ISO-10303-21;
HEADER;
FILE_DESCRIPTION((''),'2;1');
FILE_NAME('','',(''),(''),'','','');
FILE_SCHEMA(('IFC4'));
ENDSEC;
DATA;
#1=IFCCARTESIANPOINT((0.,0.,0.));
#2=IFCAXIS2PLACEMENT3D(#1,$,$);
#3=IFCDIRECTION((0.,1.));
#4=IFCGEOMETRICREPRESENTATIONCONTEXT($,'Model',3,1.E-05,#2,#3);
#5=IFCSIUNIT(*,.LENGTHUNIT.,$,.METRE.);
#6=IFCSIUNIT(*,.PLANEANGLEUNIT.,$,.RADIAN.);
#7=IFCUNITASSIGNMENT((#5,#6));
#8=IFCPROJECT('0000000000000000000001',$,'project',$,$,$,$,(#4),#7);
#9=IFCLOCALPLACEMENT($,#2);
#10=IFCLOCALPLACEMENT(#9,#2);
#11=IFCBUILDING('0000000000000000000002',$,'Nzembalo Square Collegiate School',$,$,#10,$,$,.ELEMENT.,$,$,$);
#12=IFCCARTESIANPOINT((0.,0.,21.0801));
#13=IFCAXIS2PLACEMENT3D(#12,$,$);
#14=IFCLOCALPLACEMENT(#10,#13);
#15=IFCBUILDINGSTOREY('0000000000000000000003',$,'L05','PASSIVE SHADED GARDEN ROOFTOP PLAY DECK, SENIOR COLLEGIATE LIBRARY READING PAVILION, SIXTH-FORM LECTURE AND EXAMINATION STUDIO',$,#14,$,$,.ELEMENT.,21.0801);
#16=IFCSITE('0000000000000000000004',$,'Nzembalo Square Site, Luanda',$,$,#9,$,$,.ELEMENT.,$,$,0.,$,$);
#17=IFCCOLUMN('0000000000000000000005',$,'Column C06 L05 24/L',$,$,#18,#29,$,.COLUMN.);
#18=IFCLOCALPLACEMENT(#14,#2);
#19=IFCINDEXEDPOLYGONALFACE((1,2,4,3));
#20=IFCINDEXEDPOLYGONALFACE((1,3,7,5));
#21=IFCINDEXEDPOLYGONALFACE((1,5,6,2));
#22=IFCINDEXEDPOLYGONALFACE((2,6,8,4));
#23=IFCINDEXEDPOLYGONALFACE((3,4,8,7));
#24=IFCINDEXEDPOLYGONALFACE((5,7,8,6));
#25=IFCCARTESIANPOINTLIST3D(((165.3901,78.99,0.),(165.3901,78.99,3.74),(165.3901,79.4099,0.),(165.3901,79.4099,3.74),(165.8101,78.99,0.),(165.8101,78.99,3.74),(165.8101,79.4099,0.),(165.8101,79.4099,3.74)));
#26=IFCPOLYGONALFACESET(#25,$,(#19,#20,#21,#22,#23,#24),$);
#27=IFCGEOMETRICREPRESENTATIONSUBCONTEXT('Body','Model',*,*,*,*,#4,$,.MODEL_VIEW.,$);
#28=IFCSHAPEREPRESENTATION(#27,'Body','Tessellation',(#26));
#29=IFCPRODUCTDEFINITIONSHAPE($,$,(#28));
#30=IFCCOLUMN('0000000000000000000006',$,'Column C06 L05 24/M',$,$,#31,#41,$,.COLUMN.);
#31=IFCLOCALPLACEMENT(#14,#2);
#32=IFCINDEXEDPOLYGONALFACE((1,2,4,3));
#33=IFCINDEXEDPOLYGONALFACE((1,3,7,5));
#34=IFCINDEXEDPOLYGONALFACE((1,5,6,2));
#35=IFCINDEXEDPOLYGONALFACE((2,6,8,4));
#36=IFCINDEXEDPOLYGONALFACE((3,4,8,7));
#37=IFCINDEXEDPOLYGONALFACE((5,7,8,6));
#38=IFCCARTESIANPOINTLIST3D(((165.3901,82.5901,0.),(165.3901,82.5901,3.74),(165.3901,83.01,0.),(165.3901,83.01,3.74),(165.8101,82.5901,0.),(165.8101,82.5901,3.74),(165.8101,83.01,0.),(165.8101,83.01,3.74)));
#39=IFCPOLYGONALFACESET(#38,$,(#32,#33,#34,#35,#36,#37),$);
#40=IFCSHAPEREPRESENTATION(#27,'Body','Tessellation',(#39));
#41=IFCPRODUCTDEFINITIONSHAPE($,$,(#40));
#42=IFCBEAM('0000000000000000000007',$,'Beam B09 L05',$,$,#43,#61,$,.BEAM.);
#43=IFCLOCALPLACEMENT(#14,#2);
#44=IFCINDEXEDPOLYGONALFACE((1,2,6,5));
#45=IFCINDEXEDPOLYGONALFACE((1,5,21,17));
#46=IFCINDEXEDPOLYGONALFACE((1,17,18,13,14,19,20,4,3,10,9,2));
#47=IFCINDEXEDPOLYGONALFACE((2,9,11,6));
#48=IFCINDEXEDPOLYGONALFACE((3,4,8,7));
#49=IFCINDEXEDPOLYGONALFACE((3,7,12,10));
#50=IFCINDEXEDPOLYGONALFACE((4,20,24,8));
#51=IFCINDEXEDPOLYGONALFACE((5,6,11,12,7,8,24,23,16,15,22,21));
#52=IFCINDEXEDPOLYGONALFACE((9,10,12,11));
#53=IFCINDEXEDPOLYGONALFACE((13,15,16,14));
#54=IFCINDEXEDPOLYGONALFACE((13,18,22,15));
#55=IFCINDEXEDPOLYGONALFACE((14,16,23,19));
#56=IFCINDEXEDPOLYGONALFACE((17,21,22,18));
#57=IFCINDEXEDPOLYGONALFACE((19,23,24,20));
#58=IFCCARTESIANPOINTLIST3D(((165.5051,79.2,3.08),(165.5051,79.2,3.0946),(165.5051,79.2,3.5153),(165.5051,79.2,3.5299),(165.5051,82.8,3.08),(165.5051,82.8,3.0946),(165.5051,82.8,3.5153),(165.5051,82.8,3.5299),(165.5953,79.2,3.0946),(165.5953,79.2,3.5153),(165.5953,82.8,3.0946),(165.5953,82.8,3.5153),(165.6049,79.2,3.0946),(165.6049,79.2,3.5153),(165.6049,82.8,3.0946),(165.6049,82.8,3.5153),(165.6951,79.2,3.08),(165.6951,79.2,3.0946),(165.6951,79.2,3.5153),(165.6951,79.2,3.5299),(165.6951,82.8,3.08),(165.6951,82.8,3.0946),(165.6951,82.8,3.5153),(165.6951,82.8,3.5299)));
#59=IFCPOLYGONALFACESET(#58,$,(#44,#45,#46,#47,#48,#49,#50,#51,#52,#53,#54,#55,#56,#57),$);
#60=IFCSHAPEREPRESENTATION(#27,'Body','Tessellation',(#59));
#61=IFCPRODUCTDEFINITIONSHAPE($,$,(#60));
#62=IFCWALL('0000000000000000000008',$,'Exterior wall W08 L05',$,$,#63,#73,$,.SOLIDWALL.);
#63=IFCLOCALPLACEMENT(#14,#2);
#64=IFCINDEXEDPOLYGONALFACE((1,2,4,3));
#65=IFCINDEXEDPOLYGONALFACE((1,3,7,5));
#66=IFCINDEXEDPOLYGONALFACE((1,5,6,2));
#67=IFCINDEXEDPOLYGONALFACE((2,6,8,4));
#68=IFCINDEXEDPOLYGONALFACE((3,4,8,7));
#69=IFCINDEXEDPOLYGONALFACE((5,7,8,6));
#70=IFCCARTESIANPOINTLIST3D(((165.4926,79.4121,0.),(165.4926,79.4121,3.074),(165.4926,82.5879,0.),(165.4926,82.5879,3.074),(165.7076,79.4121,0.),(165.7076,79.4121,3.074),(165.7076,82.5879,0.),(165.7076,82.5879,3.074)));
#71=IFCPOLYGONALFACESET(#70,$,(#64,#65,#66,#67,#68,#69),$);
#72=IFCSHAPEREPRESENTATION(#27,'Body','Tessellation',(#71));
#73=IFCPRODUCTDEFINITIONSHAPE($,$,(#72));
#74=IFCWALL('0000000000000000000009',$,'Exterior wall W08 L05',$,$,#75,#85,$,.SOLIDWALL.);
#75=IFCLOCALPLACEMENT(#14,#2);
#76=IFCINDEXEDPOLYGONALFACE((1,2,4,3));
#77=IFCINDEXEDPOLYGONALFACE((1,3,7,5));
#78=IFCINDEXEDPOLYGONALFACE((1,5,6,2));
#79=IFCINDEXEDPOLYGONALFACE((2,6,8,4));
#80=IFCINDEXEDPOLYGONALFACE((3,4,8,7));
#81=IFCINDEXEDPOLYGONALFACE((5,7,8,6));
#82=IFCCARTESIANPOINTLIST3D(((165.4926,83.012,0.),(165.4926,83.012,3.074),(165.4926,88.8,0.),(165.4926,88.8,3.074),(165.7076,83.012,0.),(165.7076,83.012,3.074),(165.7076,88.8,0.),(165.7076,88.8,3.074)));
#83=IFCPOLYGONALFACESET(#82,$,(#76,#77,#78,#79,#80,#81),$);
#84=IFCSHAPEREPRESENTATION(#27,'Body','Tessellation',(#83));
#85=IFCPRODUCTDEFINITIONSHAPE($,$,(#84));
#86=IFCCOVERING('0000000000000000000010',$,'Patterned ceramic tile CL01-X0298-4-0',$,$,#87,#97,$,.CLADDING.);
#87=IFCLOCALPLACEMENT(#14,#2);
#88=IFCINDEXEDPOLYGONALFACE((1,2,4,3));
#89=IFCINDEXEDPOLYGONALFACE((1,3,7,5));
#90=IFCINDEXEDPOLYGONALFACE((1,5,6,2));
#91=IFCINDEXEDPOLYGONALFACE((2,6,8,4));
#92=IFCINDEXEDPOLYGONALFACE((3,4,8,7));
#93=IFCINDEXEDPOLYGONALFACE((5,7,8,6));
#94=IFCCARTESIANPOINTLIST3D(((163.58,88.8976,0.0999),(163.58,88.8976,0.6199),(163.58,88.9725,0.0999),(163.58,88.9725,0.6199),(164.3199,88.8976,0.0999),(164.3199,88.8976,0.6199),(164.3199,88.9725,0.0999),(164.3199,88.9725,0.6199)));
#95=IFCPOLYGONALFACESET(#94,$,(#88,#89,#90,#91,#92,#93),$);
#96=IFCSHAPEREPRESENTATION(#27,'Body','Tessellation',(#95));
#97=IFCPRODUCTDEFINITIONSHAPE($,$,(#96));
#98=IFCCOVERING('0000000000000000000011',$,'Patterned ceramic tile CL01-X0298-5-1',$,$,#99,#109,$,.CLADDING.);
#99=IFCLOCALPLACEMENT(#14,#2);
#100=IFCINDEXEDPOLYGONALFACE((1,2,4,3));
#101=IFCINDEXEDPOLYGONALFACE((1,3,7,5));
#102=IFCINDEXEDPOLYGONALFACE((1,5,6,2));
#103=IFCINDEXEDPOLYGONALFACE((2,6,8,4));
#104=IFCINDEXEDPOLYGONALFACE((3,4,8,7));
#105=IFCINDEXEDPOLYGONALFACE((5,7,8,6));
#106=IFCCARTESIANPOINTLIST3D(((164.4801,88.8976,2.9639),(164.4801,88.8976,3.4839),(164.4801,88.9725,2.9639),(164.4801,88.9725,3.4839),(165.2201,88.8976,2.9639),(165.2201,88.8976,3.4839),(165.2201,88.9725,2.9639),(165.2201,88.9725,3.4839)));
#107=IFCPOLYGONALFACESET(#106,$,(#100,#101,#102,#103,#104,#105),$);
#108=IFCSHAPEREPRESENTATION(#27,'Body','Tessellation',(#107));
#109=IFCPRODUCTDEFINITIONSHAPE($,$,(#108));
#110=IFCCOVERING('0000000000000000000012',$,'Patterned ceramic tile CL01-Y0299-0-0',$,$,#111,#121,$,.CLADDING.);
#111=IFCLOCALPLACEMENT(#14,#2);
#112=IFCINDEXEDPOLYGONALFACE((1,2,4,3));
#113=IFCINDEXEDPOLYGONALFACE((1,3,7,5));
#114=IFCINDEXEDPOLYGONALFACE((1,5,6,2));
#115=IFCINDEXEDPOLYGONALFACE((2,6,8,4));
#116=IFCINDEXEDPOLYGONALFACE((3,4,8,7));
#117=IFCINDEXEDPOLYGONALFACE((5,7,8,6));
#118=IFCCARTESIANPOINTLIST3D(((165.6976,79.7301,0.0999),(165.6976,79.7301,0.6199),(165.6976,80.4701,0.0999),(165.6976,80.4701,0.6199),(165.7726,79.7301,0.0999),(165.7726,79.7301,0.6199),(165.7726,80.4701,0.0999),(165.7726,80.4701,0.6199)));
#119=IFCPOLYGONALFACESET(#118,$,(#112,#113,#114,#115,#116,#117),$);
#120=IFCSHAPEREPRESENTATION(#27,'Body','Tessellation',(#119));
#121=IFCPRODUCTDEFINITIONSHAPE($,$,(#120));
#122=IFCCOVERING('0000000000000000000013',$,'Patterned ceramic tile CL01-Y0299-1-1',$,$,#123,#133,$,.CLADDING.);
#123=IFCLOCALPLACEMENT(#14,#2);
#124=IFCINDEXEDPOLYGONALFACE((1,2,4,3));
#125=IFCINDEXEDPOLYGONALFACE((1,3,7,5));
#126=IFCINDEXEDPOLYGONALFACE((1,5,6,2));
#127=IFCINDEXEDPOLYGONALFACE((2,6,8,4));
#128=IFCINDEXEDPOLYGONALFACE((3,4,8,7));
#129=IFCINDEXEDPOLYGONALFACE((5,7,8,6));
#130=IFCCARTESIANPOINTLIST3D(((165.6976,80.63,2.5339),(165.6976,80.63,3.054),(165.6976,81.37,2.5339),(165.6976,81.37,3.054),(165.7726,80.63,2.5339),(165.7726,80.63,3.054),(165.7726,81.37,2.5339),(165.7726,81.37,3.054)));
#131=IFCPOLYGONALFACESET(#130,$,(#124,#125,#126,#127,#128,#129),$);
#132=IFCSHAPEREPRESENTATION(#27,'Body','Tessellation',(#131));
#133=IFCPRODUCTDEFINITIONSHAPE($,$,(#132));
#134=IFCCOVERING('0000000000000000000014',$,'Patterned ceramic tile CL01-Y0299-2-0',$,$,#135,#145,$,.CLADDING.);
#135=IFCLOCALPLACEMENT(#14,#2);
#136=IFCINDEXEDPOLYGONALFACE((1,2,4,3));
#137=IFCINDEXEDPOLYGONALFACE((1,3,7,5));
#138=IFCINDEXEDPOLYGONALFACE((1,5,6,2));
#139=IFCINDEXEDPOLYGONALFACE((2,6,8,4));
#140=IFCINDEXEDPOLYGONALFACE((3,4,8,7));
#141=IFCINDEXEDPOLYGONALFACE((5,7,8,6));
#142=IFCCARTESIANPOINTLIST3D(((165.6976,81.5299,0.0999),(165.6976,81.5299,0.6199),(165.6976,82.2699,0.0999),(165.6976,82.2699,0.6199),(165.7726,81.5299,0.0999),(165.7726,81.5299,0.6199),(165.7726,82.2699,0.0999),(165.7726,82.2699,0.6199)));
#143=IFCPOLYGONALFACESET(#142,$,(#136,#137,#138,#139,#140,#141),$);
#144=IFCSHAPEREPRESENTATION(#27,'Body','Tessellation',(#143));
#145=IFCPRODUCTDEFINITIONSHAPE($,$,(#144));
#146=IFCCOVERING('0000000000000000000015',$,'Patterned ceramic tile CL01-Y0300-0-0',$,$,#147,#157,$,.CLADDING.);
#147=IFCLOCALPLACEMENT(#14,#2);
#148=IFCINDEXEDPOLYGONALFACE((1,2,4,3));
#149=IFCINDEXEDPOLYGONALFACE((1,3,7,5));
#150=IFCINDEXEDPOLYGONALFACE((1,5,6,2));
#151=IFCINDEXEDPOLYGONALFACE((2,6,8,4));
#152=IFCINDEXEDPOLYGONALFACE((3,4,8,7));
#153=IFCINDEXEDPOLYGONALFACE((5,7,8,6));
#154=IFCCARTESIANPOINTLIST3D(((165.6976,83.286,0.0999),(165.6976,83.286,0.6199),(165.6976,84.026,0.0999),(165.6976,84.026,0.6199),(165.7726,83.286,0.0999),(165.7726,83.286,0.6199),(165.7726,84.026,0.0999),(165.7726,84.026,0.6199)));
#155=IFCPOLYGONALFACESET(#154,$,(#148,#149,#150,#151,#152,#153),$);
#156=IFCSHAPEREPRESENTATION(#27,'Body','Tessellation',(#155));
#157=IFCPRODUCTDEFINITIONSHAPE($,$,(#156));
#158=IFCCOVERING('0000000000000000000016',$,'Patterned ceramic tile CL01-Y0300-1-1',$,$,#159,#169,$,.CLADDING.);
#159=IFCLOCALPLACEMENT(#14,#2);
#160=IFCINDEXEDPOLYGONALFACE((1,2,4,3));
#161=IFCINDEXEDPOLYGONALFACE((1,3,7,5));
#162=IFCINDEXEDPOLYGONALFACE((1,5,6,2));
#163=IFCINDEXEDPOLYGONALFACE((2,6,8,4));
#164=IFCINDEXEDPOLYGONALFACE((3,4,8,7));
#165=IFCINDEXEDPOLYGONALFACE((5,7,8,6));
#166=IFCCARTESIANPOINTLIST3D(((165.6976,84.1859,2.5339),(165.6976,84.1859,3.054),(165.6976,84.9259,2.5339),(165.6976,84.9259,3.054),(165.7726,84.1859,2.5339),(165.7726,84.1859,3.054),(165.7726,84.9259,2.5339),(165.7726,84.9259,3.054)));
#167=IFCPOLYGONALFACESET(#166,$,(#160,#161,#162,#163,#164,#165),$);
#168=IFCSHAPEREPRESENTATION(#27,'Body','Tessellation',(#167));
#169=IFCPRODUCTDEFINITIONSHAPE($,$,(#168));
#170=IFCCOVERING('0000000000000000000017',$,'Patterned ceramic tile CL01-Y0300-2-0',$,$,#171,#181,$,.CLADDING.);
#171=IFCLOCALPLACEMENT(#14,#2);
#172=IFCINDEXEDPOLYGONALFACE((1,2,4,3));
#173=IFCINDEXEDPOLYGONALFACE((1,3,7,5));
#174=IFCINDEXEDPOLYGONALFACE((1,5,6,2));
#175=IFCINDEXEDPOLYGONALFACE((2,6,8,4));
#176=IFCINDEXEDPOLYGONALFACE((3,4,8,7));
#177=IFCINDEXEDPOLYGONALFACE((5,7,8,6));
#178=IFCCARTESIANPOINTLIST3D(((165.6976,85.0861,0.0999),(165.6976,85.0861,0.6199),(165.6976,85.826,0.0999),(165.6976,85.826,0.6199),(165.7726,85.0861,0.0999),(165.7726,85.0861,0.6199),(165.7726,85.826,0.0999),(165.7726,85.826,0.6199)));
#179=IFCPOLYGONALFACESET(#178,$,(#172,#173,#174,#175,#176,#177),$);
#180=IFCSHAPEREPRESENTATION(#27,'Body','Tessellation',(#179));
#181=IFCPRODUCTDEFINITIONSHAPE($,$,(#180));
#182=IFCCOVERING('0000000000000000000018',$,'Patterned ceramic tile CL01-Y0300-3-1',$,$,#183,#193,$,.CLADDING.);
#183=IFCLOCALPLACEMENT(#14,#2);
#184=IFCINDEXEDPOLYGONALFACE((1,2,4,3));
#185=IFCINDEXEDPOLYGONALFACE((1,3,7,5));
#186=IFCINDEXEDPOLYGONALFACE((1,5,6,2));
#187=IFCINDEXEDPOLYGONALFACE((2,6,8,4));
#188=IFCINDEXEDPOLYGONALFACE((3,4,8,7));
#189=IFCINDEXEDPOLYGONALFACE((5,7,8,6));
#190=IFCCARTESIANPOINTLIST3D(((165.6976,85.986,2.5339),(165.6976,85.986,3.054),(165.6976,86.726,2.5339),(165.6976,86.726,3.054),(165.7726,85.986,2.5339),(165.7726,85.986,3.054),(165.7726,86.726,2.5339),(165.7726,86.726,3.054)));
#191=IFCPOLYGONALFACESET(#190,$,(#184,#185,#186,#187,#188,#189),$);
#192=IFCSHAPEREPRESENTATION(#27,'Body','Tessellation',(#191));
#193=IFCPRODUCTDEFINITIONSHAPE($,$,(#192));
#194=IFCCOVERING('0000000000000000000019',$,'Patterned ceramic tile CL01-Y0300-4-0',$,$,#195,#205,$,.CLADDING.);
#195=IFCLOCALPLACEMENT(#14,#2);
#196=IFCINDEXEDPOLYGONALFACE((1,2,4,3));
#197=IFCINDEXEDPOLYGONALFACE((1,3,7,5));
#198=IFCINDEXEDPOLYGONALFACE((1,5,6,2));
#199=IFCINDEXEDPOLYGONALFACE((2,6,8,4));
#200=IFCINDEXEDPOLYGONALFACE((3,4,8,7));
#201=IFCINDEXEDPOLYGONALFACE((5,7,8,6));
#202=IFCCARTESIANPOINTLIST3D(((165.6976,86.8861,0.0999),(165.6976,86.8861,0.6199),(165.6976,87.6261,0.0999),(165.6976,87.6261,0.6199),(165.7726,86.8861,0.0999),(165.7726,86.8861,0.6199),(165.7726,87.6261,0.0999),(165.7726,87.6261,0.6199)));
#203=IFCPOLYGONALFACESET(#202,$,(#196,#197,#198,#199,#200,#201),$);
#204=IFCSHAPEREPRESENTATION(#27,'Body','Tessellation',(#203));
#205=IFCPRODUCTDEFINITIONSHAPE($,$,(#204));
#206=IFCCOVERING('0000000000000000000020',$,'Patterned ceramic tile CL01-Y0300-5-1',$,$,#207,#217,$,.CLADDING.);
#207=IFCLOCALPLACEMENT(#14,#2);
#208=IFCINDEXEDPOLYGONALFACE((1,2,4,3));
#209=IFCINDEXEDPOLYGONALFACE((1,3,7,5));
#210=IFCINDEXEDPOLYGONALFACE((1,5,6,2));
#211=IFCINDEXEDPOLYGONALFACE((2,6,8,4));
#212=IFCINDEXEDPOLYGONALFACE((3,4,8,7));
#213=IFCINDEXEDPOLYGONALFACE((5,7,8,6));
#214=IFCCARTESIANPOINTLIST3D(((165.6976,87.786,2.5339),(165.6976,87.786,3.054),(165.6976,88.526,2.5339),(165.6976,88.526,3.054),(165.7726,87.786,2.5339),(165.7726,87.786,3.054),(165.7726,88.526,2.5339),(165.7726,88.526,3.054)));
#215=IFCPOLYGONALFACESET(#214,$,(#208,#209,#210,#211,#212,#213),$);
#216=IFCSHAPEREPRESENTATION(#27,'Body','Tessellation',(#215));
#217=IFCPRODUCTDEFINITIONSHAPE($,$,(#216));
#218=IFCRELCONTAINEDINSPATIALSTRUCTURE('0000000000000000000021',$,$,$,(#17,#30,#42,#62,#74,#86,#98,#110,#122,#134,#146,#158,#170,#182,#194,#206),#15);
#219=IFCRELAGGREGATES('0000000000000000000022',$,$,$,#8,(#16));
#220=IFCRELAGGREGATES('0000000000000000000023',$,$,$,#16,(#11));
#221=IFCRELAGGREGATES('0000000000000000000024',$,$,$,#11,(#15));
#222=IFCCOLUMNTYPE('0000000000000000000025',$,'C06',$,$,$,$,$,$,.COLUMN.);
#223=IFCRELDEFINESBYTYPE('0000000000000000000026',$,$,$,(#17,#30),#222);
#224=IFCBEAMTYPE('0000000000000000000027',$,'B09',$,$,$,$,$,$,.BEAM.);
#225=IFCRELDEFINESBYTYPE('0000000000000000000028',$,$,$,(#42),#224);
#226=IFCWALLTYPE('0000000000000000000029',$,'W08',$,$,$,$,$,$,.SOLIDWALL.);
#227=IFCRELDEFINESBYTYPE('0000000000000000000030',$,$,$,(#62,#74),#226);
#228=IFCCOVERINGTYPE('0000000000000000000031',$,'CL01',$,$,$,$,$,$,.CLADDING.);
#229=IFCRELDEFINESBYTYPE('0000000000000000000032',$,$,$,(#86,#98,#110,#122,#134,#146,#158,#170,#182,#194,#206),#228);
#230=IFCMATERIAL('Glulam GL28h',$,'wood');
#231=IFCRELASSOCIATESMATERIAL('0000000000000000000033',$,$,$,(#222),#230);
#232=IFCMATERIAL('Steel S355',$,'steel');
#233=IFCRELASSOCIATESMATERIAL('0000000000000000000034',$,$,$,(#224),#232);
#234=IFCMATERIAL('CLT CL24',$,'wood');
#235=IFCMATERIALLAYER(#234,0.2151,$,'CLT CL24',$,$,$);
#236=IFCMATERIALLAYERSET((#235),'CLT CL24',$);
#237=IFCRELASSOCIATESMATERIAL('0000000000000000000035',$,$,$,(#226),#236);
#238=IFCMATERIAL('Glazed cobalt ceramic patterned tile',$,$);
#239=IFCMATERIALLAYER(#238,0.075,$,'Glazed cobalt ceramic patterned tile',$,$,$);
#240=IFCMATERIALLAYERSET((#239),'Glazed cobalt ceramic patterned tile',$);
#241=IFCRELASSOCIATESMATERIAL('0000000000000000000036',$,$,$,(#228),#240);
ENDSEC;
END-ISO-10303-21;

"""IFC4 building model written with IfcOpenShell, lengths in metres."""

from ifc_helpers import new_model, si_unit, direction, frame, frame_2d, origin, origin_2d, place, context, subcontext, project, spatial, rectangle, i_section, extrude, material, layer, layer_set, material_profile, profile_set, type_object, element, save


model = new_model("IFC4")

# Units and contexts
model_context = context("Model", 3, precision=1e-05, world=origin(), true_north=direction((0.0, 1.0)))
body_context = subcontext(model_context, "Body", "Model", "MODEL_VIEW")
ifc_project = project(units=[si_unit("LENGTHUNIT", "METRE"), si_unit("PLANEANGLEUNIT", "RADIAN")], contexts=[model_context])

# Site, building, storey
site_placement = place(None, origin())
site = spatial("IfcSite", under=ifc_project, at=site_placement, Name="Nzembalo Square Site, Luanda", CompositionType="ELEMENT", RefElevation=0.0)
building_placement = place(site_placement, origin())
building = spatial("IfcBuilding", under=site, at=building_placement, Name="Nzembalo Square Collegiate School", CompositionType="ELEMENT")
storey_placement = place(building_placement, frame((0.0, 0.0, 21.0801)))
storey = spatial("IfcBuildingStorey", under=building, at=storey_placement, Name="L05", Description="PASSIVE SHADED GARDEN ROOFTOP PLAY DECK, SENIOR COLLEGIATE LIBRARY READING PAVILION, SIXTH-FORM LECTURE AND EXAMINATION STUDIO", CompositionType="ELEMENT", Elevation=21.0801)

# Columns
ifc_material_1 = material(Name="Glulam GL28h", Category="wood")
ifc_material_profile_1 = material_profile(ifc_material_1, rectangle(XDim=0.4199, YDim=0.4199, at=origin_2d()), Name="GL28h 420x420")
ifc_profile_set_1 = profile_set([ifc_material_profile_1], Name="Glulam GL28h")
column_type = type_object("IfcColumnType", Name="C06", PredefinedType="COLUMN", material=ifc_profile_set_1)
for number, where, z_axis, x_axis, name in (
    (1, (165.6001, 79.2, 0.0), (0.0, 0.0, 1.0), (1.0, 0.0, 0.0), "Column C06 L05 24/L"),
    (2, (165.6001, 82.8, 0.0), (0.0, 0.0, 1.0), (1.0, 0.0, 0.0), "Column C06 L05 24/M"),
):
    element("IfcColumn", number, at=place(storey_placement, frame(where, z_axis=z_axis, x_axis=x_axis)), inside=storey, type_object=column_type, Name=name, PredefinedType="COLUMN", context=body_context, shape_type="SweptSolid", body=[
        extrude(rectangle(XDim=0.4199, YDim=0.4199, at=origin_2d()), origin(), (0.0, 0.0, 1.0), 3.74),
    ])

# Beam
ifc_material_2 = material(Name="Steel S355", Category="steel")
ifc_material_profile_2 = material_profile(ifc_material_2, i_section(OverallWidth=0.1899, OverallDepth=0.45, WebThickness=0.0095, FlangeThickness=0.0146, at=origin_2d()), Name="IPE 450")
ifc_profile_set_2 = profile_set([ifc_material_profile_2], Name="Steel S355")
beam_type = type_object("IfcBeamType", Name="B09", PredefinedType="BEAM", material=ifc_profile_set_2)
beam_placement = place(storey_placement, frame((165.6001, 79.2, 3.3049), z_axis=(0.0, 1.0, 0.0), x_axis=(-1.0, 0.0, 0.0)))
element("IfcBeam", 3, at=beam_placement, inside=storey, type_object=beam_type, Name="Beam B09 L05", PredefinedType="BEAM", context=body_context, shape_type="SweptSolid", body=[
    extrude(i_section(OverallWidth=0.1899, OverallDepth=0.45, WebThickness=0.0095, FlangeThickness=0.0146, at=origin_2d()), origin(), (0.0, 0.0, 1.0), 3.6001),
])

# Walls
ifc_material_3 = material(Name="CLT CL24", Category="wood")
ifc_layer_1 = layer(ifc_material_3, 0.2151, Name="CLT CL24")
ifc_layer_set_1 = layer_set([ifc_layer_1], Name="CLT CL24")
wall_type = type_object("IfcWallType", Name="W08", PredefinedType="SOLIDWALL", material=ifc_layer_set_1)
wall_1_placement = place(storey_placement, frame((165.6001, 79.4121, 0.0), z_axis=(0.0, 0.0, 1.0), x_axis=(0.0, 1.0, 0.0)))
element("IfcWall", 4, at=wall_1_placement, inside=storey, type_object=wall_type, Name="Exterior wall W08 L05", PredefinedType="SOLIDWALL", context=body_context, shape_type="SweptSolid", body=[
    extrude(rectangle(XDim=3.1758, YDim=0.2151, at=frame_2d((1.5879, 0.0))), origin(), (0.0, 0.0, 1.0), 3.074),
])
wall_2_placement = place(storey_placement, frame((165.6001, 83.012, 0.0), z_axis=(0.0, 0.0, 1.0), x_axis=(0.0, 1.0, 0.0)))
element("IfcWall", 5, at=wall_2_placement, inside=storey, type_object=wall_type, Name="Exterior wall W08 L05", PredefinedType="SOLIDWALL", context=body_context, shape_type="SweptSolid", body=[
    extrude(rectangle(XDim=5.7881, YDim=0.2151, at=frame_2d((2.894, 0.0))), origin(), (0.0, 0.0, 1.0), 3.074),
])

# Coverings
ifc_material_4 = material(Name="Glazed cobalt ceramic patterned tile")
ifc_layer_2 = layer(ifc_material_4, 0.075, Name="Glazed cobalt ceramic patterned tile")
ifc_layer_set_2 = layer_set([ifc_layer_2], Name="Glazed cobalt ceramic patterned tile")
covering_type_1 = type_object("IfcCoveringType", Name="CL01", PredefinedType="CLADDING", material=ifc_layer_set_2)
for number, where, z_axis, x_axis, name in (
    (6, (163.95, 88.9351, 0.0999), (0.0, 0.0, 1.0), (1.0, 0.0, 0.0), "Patterned ceramic tile CL01-X0298-4-0"),
    (7, (164.8501, 88.9351, 2.9639), (0.0, 0.0, 1.0), (1.0, 0.0, 0.0), "Patterned ceramic tile CL01-X0298-5-1"),
):
    element("IfcCovering", number, at=place(storey_placement, frame(where, z_axis=z_axis, x_axis=x_axis)), inside=storey, type_object=covering_type_1, Name=name, PredefinedType="CLADDING", context=body_context, shape_type="SweptSolid", body=[
        extrude(rectangle(XDim=0.74, YDim=0.075, at=origin_2d()), origin(), (0.0, 0.0, 1.0), 0.52),
    ])
for number, where, z_axis, x_axis, name in (
    (8, (165.7351, 80.1001, 0.0999), (0.0, 0.0, 1.0), (1.0, 0.0, 0.0), "Patterned ceramic tile CL01-Y0299-0-0"),
    (9, (165.7351, 81.0, 2.5339), (0.0, 0.0, 1.0), (1.0, 0.0, 0.0), "Patterned ceramic tile CL01-Y0299-1-1"),
    (10, (165.7351, 81.8999, 0.0999), (0.0, 0.0, 1.0), (1.0, 0.0, 0.0), "Patterned ceramic tile CL01-Y0299-2-0"),
    (11, (165.7351, 83.656, 0.0999), (0.0, 0.0, 1.0), (1.0, 0.0, 0.0), "Patterned ceramic tile CL01-Y0300-0-0"),
    (12, (165.7351, 84.5559, 2.5339), (0.0, 0.0, 1.0), (1.0, 0.0, 0.0), "Patterned ceramic tile CL01-Y0300-1-1"),
    (13, (165.7351, 85.4561, 0.0999), (0.0, 0.0, 1.0), (1.0, 0.0, 0.0), "Patterned ceramic tile CL01-Y0300-2-0"),
    (14, (165.7351, 86.356, 2.5339), (0.0, 0.0, 1.0), (1.0, 0.0, 0.0), "Patterned ceramic tile CL01-Y0300-3-1"),
    (15, (165.7351, 87.2561, 0.0999), (0.0, 0.0, 1.0), (1.0, 0.0, 0.0), "Patterned ceramic tile CL01-Y0300-4-0"),
    (16, (165.7351, 88.156, 2.5339), (0.0, 0.0, 1.0), (1.0, 0.0, 0.0), "Patterned ceramic tile CL01-Y0300-5-1"),
):
    element("IfcCovering", number, at=place(storey_placement, frame(where, z_axis=z_axis, x_axis=x_axis)), inside=storey, type_object=covering_type_1, Name=name, PredefinedType="CLADDING", context=body_context, shape_type="SweptSolid", body=[
        extrude(rectangle(XDim=0.075, YDim=0.74, at=origin_2d()), origin(), (0.0, 0.0, 1.0), 0.52),
    ])

save(model, "model.ifc")
